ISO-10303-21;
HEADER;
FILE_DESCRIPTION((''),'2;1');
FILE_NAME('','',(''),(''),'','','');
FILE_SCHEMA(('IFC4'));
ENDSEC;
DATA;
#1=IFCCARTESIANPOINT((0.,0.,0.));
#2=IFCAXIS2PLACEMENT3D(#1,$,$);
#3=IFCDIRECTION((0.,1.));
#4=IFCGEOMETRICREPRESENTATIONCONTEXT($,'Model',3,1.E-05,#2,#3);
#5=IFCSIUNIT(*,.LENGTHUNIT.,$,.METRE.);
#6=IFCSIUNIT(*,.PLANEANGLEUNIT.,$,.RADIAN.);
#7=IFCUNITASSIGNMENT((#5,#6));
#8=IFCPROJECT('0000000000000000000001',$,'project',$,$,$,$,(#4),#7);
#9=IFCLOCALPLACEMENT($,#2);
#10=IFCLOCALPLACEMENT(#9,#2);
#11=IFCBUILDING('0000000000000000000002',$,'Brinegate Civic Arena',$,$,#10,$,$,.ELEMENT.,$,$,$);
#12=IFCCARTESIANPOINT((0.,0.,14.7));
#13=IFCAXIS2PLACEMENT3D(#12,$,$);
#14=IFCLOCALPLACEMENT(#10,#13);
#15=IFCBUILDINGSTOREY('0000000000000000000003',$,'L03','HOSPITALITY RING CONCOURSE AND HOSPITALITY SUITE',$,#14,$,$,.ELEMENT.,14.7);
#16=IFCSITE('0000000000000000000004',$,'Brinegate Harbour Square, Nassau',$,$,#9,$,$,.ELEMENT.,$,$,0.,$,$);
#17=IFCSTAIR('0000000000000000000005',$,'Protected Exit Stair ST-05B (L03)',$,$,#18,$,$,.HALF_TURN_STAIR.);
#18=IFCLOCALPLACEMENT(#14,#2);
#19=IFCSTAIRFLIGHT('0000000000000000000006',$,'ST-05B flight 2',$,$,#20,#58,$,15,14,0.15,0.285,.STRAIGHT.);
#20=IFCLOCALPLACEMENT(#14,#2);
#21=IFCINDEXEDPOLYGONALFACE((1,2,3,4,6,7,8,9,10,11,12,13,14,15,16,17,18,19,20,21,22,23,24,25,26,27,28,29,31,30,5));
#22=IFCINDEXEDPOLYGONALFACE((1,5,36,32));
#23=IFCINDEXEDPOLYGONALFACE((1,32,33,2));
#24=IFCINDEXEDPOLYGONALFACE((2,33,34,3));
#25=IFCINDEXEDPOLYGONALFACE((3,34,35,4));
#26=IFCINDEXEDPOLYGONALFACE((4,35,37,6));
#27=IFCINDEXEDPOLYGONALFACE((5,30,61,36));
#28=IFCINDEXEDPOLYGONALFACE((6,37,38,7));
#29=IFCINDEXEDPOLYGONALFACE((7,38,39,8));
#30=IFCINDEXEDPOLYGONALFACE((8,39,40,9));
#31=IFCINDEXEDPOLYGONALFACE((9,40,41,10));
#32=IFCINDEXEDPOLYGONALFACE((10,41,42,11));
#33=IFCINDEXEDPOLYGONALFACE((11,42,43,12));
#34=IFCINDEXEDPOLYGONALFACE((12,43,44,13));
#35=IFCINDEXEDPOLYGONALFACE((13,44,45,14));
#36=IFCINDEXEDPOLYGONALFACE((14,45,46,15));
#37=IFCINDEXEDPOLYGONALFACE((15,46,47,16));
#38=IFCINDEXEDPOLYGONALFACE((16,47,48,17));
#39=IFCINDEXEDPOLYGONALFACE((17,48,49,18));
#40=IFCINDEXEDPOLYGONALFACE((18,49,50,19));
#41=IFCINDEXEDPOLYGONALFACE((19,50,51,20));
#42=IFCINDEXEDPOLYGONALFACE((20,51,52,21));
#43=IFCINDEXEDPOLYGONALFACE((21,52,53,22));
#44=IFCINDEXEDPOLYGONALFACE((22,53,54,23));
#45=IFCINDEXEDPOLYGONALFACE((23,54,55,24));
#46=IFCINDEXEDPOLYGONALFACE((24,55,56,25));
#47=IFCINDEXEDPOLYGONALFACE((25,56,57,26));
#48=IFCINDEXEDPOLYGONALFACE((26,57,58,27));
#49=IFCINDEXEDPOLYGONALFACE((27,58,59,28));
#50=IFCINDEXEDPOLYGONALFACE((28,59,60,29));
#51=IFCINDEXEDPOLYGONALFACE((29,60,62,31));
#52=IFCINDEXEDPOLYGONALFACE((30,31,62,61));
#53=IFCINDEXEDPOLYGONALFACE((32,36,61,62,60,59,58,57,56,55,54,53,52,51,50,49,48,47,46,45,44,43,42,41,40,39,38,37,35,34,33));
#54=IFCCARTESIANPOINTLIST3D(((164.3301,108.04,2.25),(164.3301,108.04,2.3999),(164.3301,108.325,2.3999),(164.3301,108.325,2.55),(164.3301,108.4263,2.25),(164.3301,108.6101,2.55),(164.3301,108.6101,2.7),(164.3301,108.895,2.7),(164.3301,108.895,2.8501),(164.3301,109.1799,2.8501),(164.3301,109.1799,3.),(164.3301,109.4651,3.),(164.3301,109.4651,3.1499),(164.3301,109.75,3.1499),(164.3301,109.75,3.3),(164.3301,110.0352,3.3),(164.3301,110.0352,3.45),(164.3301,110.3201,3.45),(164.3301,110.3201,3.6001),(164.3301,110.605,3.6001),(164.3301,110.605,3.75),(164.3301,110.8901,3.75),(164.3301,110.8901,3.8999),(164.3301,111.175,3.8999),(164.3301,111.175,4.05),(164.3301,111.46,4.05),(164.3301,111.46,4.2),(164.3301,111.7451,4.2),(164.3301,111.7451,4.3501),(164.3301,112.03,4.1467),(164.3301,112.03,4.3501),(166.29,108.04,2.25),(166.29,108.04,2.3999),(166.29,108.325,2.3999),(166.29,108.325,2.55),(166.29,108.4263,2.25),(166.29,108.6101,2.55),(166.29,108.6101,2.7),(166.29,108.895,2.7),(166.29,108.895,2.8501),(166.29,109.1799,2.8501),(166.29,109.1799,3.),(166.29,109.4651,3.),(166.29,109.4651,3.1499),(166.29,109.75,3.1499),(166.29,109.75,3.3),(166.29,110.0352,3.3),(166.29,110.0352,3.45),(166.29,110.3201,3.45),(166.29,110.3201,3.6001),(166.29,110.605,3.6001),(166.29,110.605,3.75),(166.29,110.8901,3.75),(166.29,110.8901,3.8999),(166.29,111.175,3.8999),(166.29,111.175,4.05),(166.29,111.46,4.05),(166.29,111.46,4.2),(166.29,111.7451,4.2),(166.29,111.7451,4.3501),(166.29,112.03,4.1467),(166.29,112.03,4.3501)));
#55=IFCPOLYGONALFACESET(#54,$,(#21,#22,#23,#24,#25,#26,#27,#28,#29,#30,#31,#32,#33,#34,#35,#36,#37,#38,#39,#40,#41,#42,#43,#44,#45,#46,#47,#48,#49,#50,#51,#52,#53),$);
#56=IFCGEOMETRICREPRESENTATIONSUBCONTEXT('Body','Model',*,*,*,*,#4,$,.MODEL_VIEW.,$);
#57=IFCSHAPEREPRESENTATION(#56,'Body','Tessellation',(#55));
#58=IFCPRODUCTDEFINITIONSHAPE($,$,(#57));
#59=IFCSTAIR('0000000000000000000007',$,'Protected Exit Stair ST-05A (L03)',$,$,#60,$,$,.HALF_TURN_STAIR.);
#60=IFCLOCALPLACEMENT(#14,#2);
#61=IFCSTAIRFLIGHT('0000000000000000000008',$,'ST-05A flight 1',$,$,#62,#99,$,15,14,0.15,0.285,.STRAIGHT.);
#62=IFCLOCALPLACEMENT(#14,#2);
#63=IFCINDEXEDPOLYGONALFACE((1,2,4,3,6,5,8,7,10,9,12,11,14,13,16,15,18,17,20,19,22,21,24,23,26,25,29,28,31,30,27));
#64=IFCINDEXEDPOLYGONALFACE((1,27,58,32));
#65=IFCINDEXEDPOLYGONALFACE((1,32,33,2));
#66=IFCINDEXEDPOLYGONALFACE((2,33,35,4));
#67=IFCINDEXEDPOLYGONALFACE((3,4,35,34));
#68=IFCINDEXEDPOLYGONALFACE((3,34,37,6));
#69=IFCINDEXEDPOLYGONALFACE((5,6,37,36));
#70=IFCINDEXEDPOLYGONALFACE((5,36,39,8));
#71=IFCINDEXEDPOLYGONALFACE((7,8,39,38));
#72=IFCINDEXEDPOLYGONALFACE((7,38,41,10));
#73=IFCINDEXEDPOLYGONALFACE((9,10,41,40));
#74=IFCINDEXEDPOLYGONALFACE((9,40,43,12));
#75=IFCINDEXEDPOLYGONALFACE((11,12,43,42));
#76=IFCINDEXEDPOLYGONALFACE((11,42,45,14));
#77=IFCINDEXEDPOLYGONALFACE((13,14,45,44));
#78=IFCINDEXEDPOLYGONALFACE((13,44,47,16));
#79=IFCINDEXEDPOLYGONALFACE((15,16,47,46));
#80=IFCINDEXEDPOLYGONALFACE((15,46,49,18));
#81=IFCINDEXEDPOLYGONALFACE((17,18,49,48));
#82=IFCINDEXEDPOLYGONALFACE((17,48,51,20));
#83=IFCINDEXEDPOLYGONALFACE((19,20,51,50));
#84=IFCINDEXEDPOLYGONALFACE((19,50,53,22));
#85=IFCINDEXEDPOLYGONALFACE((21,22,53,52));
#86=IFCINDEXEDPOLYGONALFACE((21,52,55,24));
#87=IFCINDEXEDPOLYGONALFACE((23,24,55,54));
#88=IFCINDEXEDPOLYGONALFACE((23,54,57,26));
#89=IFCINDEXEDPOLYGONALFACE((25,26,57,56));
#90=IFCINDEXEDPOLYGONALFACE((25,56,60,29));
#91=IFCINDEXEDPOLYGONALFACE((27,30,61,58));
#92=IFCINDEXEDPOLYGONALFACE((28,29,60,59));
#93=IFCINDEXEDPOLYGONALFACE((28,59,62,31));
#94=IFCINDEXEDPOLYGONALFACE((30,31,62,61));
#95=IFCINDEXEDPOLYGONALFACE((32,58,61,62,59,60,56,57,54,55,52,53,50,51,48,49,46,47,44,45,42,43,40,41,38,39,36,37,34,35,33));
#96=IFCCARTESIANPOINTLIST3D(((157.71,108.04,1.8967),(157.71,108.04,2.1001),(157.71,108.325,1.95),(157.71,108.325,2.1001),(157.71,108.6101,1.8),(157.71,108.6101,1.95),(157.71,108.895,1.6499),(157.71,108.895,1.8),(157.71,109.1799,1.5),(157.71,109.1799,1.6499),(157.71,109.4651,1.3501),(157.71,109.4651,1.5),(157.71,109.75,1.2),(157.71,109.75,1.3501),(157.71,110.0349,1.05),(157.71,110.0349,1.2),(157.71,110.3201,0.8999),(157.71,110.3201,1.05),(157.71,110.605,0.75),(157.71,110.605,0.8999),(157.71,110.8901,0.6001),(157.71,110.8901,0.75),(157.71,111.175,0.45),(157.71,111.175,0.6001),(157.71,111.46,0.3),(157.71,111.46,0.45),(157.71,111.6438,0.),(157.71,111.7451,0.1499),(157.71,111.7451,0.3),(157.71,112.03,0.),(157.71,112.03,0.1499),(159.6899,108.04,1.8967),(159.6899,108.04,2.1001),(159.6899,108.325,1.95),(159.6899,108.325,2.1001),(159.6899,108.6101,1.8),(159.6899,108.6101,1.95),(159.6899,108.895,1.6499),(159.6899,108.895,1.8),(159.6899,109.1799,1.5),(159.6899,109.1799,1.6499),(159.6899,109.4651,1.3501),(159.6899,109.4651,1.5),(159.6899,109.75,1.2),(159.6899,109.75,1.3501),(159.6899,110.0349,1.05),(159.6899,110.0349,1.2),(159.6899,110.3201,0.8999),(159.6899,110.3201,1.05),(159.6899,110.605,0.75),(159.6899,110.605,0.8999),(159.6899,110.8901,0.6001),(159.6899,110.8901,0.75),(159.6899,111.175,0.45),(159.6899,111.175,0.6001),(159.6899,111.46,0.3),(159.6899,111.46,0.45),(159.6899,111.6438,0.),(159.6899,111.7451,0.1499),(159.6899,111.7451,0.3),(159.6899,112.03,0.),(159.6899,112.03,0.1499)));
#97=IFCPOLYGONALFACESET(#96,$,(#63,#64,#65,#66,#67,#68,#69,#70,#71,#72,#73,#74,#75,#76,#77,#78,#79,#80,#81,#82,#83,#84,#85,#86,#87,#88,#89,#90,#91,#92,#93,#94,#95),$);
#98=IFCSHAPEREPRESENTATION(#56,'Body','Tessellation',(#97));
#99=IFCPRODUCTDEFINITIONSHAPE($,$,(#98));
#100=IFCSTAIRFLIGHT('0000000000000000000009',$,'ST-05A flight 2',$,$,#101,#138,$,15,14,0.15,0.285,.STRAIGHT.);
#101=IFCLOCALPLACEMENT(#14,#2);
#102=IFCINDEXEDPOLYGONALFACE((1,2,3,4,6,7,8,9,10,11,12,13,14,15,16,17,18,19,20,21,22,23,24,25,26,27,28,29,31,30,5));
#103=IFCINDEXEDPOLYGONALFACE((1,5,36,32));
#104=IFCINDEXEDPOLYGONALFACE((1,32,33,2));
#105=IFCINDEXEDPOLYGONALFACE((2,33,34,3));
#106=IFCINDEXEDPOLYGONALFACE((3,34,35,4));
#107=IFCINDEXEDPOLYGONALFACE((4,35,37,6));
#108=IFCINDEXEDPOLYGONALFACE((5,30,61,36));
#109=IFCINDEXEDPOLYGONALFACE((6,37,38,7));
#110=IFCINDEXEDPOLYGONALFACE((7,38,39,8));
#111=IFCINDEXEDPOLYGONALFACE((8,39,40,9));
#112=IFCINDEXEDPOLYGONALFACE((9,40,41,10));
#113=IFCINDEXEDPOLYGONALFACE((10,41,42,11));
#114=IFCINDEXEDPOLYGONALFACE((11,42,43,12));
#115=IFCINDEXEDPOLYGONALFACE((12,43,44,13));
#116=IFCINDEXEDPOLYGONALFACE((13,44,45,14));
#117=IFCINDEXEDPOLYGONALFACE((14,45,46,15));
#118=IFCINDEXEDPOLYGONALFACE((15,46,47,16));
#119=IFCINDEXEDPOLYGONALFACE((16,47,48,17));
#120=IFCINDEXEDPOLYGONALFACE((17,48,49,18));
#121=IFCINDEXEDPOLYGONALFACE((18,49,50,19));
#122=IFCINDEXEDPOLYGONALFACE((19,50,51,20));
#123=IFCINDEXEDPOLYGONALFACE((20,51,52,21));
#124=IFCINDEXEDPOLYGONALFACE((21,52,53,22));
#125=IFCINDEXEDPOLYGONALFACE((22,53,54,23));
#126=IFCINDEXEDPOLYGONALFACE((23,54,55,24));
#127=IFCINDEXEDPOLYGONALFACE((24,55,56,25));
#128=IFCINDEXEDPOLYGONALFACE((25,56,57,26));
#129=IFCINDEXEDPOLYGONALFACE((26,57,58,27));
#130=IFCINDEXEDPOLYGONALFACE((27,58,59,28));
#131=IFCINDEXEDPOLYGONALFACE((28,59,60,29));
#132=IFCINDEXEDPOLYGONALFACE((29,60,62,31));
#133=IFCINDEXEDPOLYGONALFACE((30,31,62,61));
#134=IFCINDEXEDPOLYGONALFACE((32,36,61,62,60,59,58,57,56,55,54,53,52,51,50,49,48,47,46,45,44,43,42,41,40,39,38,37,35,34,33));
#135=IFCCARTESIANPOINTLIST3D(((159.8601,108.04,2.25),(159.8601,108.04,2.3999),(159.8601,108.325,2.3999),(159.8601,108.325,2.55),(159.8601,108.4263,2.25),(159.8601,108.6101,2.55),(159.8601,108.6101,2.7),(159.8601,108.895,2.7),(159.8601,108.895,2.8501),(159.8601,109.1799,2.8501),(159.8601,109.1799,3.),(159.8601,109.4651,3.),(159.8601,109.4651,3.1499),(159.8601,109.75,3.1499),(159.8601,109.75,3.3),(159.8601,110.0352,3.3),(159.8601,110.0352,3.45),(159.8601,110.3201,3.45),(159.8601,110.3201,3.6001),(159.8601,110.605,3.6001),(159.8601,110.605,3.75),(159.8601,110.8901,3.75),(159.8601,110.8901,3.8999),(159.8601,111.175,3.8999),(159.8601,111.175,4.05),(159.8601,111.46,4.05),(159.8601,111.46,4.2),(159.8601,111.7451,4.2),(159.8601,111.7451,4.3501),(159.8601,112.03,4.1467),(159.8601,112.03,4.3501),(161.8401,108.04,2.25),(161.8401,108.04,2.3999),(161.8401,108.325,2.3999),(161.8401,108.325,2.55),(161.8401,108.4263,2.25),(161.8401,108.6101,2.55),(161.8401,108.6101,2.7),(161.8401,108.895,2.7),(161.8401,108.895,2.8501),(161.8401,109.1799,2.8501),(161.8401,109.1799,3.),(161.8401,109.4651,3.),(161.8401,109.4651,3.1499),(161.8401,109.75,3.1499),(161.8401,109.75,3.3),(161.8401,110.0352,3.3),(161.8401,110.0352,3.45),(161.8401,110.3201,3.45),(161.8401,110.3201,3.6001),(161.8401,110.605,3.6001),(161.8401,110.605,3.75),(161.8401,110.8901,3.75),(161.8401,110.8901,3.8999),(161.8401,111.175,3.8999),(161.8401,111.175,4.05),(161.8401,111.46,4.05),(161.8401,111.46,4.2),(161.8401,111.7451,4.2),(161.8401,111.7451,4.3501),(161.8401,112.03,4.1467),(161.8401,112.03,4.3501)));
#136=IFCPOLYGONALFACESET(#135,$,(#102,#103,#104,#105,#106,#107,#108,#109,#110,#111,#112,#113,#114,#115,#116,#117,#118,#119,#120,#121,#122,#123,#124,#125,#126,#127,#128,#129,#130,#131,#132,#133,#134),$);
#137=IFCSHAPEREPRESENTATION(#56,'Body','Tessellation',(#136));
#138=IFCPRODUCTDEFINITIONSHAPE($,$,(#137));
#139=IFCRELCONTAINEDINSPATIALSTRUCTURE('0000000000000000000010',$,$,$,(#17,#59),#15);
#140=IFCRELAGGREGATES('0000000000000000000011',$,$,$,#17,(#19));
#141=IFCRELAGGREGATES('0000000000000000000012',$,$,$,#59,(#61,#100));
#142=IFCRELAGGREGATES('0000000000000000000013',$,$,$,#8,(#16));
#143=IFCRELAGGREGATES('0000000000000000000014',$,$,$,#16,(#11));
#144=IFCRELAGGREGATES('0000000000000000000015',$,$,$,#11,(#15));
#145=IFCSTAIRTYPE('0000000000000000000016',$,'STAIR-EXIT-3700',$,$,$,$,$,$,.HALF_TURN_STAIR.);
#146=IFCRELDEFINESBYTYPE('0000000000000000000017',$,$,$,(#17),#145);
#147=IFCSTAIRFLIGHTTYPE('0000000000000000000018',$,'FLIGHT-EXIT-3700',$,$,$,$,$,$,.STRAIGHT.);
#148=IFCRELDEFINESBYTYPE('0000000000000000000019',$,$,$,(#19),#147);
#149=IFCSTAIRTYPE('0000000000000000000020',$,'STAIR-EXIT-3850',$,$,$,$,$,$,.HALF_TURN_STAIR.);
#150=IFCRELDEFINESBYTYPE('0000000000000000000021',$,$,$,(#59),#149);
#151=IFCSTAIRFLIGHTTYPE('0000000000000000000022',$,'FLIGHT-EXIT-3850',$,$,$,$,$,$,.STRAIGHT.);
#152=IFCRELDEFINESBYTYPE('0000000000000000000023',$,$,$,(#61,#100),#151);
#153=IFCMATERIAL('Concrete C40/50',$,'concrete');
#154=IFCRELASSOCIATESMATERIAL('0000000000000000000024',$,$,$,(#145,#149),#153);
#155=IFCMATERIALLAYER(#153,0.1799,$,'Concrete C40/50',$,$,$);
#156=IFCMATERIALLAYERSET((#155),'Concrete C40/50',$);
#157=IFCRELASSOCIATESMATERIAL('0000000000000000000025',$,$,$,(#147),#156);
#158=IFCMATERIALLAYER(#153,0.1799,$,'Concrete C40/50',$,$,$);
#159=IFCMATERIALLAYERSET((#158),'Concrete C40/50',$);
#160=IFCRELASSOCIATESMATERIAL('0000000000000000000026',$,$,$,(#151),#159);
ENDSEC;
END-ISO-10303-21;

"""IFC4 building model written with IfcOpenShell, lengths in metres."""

from ifc_helpers import new_model, si_unit, direction, frame, origin, place, context, subcontext, project, spatial, polyline, outline, extrude, material, layer, layer_set, type_object, element, aggregate, save


model = new_model("IFC4")

# Units and contexts
model_context = context("Model", 3, precision=1e-05, world=origin(), true_north=direction((0.0, 1.0)))
body_context = subcontext(model_context, "Body", "Model", "MODEL_VIEW")
ifc_project = project(units=[si_unit("LENGTHUNIT", "METRE"), si_unit("PLANEANGLEUNIT", "RADIAN")], contexts=[model_context])

# Site, building, storey
site_placement = place(None, origin())
site = spatial("IfcSite", under=ifc_project, at=site_placement, Name="Brinegate Harbour Square, Nassau", CompositionType="ELEMENT", RefElevation=0.0)
building_placement = place(site_placement, origin())
building = spatial("IfcBuilding", under=site, at=building_placement, Name="Brinegate Civic Arena", CompositionType="ELEMENT")
storey_placement = place(building_placement, frame((0.0, 0.0, 14.7)))
storey = spatial("IfcBuildingStorey", under=building, at=storey_placement, Name="L03", Description="HOSPITALITY RING CONCOURSE AND HOSPITALITY SUITE", CompositionType="ELEMENT", Elevation=14.7)

# Stairs, stair flights
ifc_material_1 = material(Name="Concrete C40/50", Category="concrete")
stair_type_1 = type_object("IfcStairType", Name="STAIR-EXIT-3700", PredefinedType="HALF_TURN_STAIR", material=ifc_material_1)
stair_1_placement = place(storey_placement, origin())
stair_1 = element("IfcStair", 1, at=stair_1_placement, inside=storey, type_object=stair_type_1, Name="Protected Exit Stair ST-05B (L03)", PredefinedType="HALF_TURN_STAIR")
ifc_layer_1 = layer(ifc_material_1, 0.1799, Name="Concrete C40/50")
ifc_layer_set_1 = layer_set([ifc_layer_1], Name="Concrete C40/50")
stair_flight_type_1 = type_object("IfcStairFlightType", Name="FLIGHT-EXIT-3700", PredefinedType="STRAIGHT", material=ifc_layer_set_1)
stair_flight_1_placement = place(storey_placement, frame((165.3101, 108.04, 2.25), z_axis=(0.0, 0.0, 1.0), x_axis=(0.0, 1.0, 0.0)))
stair_flight_1 = element("IfcStairFlight", 2, at=stair_flight_1_placement, type_object=stair_flight_type_1, Name="ST-05B flight 2", NumberOfRisers=15, NumberOfTreads=14, PredefinedType="STRAIGHT", RiserHeight=0.15, TreadLength=0.285, context=body_context, shape_type="SweptSolid", body=[
    extrude(outline(polyline([(0.0, 0.0), (0.0, 0.1499), (0.2849, 0.1499), (0.2849, 0.3), (0.5701, 0.3), (0.5701, 0.45), (0.855, 0.45), (0.855, 0.6001), (1.1399, 0.6001), (1.1399, 0.75), (1.425, 0.75), (1.425, 0.8999), (1.71, 0.8999), (1.71, 1.05), (1.9951, 1.05), (1.9951, 1.2), (2.28, 1.2), (2.28, 1.3501), (2.5649, 1.3501), (2.5649, 1.5), (2.8501, 1.5), (2.8501, 1.6499), (3.135, 1.6499), (3.135, 1.8), (3.4199, 1.8), (3.4199, 1.95), (3.7051, 1.95), (3.7051, 2.1001), (3.99, 2.1001), (3.99, 2.25), (3.99, 1.8967), (0.3862, 0.0), (0.0, 0.0)])), frame((0.0, 0.98, 0.0), z_axis=(0.0, -1.0, 0.0), x_axis=(1.0, 0.0, 0.0)), (0.0, 0.0, 1.0), 1.96),
])
aggregate(stair_1, [stair_flight_1])
stair_type_2 = type_object("IfcStairType", Name="STAIR-EXIT-3850", PredefinedType="HALF_TURN_STAIR", material=ifc_material_1)
stair_2_placement = place(storey_placement, origin())
stair_2 = element("IfcStair", 3, at=stair_2_placement, inside=storey, type_object=stair_type_2, Name="Protected Exit Stair ST-05A (L03)", PredefinedType="HALF_TURN_STAIR")
ifc_layer_2 = layer(ifc_material_1, 0.1799, Name="Concrete C40/50")
ifc_layer_set_2 = layer_set([ifc_layer_2], Name="Concrete C40/50")
stair_flight_type_2 = type_object("IfcStairFlightType", Name="FLIGHT-EXIT-3850", PredefinedType="STRAIGHT", material=ifc_layer_set_2)
stair_flight_2_placement = place(storey_placement, frame((158.7, 112.03, 0.0), z_axis=(0.0, 0.0, 1.0), x_axis=(0.0, -1.0, 0.0)))
stair_flight_2 = element("IfcStairFlight", 4, at=stair_flight_2_placement, type_object=stair_flight_type_2, Name="ST-05A flight 1", NumberOfRisers=15, NumberOfTreads=14, PredefinedType="STRAIGHT", RiserHeight=0.15, TreadLength=0.285, context=body_context, shape_type="SweptSolid", body=[
    extrude(outline(polyline([(0.0, 0.0), (0.0, 0.1499), (0.2849, 0.1499), (0.2849, 0.3), (0.5701, 0.3), (0.5701, 0.45), (0.855, 0.45), (0.855, 0.6001), (1.1399, 0.6001), (1.1399, 0.75), (1.425, 0.75), (1.425, 0.8999), (1.71, 0.8999), (1.71, 1.05), (1.9951, 1.05), (1.9951, 1.2), (2.28, 1.2), (2.28, 1.3501), (2.5649, 1.3501), (2.5649, 1.5), (2.8501, 1.5), (2.8501, 1.6499), (3.135, 1.6499), (3.135, 1.8), (3.4199, 1.8), (3.4199, 1.95), (3.7051, 1.95), (3.7051, 2.1001), (3.99, 2.1001), (3.99, 2.25), (3.99, 1.8967), (0.3862, 0.0), (0.0, 0.0)])), frame((0.0, 0.99, 0.0), z_axis=(0.0, -1.0, 0.0), x_axis=(1.0, 0.0, 0.0)), (0.0, 0.0, 1.0), 1.98),
])
stair_flight_3_placement = place(storey_placement, frame((160.8501, 108.04, 2.25), z_axis=(0.0, 0.0, 1.0), x_axis=(0.0, 1.0, 0.0)))
stair_flight_3 = element("IfcStairFlight", 5, at=stair_flight_3_placement, type_object=stair_flight_type_2, Name="ST-05A flight 2", NumberOfRisers=15, NumberOfTreads=14, PredefinedType="STRAIGHT", RiserHeight=0.15, TreadLength=0.285, context=body_context, shape_type="SweptSolid", body=[
    extrude(outline(polyline([(0.0, 0.0), (0.0, 0.1499), (0.2849, 0.1499), (0.2849, 0.3), (0.5701, 0.3), (0.5701, 0.45), (0.855, 0.45), (0.855, 0.6001), (1.1399, 0.6001), (1.1399, 0.75), (1.425, 0.75), (1.425, 0.8999), (1.71, 0.8999), (1.71, 1.05), (1.9951, 1.05), (1.9951, 1.2), (2.28, 1.2), (2.28, 1.3501), (2.5649, 1.3501), (2.5649, 1.5), (2.8501, 1.5), (2.8501, 1.6499), (3.135, 1.6499), (3.135, 1.8), (3.4199, 1.8), (3.4199, 1.95), (3.7051, 1.95), (3.7051, 2.1001), (3.99, 2.1001), (3.99, 2.25), (3.99, 1.8967), (0.3862, 0.0), (0.0, 0.0)])), frame((0.0, 0.99, 0.0), z_axis=(0.0, -1.0, 0.0), x_axis=(1.0, 0.0, 0.0)), (0.0, 0.0, 1.0), 1.98),
])
aggregate(stair_2, [stair_flight_2, stair_flight_3])

save(model, "model.ifc")
